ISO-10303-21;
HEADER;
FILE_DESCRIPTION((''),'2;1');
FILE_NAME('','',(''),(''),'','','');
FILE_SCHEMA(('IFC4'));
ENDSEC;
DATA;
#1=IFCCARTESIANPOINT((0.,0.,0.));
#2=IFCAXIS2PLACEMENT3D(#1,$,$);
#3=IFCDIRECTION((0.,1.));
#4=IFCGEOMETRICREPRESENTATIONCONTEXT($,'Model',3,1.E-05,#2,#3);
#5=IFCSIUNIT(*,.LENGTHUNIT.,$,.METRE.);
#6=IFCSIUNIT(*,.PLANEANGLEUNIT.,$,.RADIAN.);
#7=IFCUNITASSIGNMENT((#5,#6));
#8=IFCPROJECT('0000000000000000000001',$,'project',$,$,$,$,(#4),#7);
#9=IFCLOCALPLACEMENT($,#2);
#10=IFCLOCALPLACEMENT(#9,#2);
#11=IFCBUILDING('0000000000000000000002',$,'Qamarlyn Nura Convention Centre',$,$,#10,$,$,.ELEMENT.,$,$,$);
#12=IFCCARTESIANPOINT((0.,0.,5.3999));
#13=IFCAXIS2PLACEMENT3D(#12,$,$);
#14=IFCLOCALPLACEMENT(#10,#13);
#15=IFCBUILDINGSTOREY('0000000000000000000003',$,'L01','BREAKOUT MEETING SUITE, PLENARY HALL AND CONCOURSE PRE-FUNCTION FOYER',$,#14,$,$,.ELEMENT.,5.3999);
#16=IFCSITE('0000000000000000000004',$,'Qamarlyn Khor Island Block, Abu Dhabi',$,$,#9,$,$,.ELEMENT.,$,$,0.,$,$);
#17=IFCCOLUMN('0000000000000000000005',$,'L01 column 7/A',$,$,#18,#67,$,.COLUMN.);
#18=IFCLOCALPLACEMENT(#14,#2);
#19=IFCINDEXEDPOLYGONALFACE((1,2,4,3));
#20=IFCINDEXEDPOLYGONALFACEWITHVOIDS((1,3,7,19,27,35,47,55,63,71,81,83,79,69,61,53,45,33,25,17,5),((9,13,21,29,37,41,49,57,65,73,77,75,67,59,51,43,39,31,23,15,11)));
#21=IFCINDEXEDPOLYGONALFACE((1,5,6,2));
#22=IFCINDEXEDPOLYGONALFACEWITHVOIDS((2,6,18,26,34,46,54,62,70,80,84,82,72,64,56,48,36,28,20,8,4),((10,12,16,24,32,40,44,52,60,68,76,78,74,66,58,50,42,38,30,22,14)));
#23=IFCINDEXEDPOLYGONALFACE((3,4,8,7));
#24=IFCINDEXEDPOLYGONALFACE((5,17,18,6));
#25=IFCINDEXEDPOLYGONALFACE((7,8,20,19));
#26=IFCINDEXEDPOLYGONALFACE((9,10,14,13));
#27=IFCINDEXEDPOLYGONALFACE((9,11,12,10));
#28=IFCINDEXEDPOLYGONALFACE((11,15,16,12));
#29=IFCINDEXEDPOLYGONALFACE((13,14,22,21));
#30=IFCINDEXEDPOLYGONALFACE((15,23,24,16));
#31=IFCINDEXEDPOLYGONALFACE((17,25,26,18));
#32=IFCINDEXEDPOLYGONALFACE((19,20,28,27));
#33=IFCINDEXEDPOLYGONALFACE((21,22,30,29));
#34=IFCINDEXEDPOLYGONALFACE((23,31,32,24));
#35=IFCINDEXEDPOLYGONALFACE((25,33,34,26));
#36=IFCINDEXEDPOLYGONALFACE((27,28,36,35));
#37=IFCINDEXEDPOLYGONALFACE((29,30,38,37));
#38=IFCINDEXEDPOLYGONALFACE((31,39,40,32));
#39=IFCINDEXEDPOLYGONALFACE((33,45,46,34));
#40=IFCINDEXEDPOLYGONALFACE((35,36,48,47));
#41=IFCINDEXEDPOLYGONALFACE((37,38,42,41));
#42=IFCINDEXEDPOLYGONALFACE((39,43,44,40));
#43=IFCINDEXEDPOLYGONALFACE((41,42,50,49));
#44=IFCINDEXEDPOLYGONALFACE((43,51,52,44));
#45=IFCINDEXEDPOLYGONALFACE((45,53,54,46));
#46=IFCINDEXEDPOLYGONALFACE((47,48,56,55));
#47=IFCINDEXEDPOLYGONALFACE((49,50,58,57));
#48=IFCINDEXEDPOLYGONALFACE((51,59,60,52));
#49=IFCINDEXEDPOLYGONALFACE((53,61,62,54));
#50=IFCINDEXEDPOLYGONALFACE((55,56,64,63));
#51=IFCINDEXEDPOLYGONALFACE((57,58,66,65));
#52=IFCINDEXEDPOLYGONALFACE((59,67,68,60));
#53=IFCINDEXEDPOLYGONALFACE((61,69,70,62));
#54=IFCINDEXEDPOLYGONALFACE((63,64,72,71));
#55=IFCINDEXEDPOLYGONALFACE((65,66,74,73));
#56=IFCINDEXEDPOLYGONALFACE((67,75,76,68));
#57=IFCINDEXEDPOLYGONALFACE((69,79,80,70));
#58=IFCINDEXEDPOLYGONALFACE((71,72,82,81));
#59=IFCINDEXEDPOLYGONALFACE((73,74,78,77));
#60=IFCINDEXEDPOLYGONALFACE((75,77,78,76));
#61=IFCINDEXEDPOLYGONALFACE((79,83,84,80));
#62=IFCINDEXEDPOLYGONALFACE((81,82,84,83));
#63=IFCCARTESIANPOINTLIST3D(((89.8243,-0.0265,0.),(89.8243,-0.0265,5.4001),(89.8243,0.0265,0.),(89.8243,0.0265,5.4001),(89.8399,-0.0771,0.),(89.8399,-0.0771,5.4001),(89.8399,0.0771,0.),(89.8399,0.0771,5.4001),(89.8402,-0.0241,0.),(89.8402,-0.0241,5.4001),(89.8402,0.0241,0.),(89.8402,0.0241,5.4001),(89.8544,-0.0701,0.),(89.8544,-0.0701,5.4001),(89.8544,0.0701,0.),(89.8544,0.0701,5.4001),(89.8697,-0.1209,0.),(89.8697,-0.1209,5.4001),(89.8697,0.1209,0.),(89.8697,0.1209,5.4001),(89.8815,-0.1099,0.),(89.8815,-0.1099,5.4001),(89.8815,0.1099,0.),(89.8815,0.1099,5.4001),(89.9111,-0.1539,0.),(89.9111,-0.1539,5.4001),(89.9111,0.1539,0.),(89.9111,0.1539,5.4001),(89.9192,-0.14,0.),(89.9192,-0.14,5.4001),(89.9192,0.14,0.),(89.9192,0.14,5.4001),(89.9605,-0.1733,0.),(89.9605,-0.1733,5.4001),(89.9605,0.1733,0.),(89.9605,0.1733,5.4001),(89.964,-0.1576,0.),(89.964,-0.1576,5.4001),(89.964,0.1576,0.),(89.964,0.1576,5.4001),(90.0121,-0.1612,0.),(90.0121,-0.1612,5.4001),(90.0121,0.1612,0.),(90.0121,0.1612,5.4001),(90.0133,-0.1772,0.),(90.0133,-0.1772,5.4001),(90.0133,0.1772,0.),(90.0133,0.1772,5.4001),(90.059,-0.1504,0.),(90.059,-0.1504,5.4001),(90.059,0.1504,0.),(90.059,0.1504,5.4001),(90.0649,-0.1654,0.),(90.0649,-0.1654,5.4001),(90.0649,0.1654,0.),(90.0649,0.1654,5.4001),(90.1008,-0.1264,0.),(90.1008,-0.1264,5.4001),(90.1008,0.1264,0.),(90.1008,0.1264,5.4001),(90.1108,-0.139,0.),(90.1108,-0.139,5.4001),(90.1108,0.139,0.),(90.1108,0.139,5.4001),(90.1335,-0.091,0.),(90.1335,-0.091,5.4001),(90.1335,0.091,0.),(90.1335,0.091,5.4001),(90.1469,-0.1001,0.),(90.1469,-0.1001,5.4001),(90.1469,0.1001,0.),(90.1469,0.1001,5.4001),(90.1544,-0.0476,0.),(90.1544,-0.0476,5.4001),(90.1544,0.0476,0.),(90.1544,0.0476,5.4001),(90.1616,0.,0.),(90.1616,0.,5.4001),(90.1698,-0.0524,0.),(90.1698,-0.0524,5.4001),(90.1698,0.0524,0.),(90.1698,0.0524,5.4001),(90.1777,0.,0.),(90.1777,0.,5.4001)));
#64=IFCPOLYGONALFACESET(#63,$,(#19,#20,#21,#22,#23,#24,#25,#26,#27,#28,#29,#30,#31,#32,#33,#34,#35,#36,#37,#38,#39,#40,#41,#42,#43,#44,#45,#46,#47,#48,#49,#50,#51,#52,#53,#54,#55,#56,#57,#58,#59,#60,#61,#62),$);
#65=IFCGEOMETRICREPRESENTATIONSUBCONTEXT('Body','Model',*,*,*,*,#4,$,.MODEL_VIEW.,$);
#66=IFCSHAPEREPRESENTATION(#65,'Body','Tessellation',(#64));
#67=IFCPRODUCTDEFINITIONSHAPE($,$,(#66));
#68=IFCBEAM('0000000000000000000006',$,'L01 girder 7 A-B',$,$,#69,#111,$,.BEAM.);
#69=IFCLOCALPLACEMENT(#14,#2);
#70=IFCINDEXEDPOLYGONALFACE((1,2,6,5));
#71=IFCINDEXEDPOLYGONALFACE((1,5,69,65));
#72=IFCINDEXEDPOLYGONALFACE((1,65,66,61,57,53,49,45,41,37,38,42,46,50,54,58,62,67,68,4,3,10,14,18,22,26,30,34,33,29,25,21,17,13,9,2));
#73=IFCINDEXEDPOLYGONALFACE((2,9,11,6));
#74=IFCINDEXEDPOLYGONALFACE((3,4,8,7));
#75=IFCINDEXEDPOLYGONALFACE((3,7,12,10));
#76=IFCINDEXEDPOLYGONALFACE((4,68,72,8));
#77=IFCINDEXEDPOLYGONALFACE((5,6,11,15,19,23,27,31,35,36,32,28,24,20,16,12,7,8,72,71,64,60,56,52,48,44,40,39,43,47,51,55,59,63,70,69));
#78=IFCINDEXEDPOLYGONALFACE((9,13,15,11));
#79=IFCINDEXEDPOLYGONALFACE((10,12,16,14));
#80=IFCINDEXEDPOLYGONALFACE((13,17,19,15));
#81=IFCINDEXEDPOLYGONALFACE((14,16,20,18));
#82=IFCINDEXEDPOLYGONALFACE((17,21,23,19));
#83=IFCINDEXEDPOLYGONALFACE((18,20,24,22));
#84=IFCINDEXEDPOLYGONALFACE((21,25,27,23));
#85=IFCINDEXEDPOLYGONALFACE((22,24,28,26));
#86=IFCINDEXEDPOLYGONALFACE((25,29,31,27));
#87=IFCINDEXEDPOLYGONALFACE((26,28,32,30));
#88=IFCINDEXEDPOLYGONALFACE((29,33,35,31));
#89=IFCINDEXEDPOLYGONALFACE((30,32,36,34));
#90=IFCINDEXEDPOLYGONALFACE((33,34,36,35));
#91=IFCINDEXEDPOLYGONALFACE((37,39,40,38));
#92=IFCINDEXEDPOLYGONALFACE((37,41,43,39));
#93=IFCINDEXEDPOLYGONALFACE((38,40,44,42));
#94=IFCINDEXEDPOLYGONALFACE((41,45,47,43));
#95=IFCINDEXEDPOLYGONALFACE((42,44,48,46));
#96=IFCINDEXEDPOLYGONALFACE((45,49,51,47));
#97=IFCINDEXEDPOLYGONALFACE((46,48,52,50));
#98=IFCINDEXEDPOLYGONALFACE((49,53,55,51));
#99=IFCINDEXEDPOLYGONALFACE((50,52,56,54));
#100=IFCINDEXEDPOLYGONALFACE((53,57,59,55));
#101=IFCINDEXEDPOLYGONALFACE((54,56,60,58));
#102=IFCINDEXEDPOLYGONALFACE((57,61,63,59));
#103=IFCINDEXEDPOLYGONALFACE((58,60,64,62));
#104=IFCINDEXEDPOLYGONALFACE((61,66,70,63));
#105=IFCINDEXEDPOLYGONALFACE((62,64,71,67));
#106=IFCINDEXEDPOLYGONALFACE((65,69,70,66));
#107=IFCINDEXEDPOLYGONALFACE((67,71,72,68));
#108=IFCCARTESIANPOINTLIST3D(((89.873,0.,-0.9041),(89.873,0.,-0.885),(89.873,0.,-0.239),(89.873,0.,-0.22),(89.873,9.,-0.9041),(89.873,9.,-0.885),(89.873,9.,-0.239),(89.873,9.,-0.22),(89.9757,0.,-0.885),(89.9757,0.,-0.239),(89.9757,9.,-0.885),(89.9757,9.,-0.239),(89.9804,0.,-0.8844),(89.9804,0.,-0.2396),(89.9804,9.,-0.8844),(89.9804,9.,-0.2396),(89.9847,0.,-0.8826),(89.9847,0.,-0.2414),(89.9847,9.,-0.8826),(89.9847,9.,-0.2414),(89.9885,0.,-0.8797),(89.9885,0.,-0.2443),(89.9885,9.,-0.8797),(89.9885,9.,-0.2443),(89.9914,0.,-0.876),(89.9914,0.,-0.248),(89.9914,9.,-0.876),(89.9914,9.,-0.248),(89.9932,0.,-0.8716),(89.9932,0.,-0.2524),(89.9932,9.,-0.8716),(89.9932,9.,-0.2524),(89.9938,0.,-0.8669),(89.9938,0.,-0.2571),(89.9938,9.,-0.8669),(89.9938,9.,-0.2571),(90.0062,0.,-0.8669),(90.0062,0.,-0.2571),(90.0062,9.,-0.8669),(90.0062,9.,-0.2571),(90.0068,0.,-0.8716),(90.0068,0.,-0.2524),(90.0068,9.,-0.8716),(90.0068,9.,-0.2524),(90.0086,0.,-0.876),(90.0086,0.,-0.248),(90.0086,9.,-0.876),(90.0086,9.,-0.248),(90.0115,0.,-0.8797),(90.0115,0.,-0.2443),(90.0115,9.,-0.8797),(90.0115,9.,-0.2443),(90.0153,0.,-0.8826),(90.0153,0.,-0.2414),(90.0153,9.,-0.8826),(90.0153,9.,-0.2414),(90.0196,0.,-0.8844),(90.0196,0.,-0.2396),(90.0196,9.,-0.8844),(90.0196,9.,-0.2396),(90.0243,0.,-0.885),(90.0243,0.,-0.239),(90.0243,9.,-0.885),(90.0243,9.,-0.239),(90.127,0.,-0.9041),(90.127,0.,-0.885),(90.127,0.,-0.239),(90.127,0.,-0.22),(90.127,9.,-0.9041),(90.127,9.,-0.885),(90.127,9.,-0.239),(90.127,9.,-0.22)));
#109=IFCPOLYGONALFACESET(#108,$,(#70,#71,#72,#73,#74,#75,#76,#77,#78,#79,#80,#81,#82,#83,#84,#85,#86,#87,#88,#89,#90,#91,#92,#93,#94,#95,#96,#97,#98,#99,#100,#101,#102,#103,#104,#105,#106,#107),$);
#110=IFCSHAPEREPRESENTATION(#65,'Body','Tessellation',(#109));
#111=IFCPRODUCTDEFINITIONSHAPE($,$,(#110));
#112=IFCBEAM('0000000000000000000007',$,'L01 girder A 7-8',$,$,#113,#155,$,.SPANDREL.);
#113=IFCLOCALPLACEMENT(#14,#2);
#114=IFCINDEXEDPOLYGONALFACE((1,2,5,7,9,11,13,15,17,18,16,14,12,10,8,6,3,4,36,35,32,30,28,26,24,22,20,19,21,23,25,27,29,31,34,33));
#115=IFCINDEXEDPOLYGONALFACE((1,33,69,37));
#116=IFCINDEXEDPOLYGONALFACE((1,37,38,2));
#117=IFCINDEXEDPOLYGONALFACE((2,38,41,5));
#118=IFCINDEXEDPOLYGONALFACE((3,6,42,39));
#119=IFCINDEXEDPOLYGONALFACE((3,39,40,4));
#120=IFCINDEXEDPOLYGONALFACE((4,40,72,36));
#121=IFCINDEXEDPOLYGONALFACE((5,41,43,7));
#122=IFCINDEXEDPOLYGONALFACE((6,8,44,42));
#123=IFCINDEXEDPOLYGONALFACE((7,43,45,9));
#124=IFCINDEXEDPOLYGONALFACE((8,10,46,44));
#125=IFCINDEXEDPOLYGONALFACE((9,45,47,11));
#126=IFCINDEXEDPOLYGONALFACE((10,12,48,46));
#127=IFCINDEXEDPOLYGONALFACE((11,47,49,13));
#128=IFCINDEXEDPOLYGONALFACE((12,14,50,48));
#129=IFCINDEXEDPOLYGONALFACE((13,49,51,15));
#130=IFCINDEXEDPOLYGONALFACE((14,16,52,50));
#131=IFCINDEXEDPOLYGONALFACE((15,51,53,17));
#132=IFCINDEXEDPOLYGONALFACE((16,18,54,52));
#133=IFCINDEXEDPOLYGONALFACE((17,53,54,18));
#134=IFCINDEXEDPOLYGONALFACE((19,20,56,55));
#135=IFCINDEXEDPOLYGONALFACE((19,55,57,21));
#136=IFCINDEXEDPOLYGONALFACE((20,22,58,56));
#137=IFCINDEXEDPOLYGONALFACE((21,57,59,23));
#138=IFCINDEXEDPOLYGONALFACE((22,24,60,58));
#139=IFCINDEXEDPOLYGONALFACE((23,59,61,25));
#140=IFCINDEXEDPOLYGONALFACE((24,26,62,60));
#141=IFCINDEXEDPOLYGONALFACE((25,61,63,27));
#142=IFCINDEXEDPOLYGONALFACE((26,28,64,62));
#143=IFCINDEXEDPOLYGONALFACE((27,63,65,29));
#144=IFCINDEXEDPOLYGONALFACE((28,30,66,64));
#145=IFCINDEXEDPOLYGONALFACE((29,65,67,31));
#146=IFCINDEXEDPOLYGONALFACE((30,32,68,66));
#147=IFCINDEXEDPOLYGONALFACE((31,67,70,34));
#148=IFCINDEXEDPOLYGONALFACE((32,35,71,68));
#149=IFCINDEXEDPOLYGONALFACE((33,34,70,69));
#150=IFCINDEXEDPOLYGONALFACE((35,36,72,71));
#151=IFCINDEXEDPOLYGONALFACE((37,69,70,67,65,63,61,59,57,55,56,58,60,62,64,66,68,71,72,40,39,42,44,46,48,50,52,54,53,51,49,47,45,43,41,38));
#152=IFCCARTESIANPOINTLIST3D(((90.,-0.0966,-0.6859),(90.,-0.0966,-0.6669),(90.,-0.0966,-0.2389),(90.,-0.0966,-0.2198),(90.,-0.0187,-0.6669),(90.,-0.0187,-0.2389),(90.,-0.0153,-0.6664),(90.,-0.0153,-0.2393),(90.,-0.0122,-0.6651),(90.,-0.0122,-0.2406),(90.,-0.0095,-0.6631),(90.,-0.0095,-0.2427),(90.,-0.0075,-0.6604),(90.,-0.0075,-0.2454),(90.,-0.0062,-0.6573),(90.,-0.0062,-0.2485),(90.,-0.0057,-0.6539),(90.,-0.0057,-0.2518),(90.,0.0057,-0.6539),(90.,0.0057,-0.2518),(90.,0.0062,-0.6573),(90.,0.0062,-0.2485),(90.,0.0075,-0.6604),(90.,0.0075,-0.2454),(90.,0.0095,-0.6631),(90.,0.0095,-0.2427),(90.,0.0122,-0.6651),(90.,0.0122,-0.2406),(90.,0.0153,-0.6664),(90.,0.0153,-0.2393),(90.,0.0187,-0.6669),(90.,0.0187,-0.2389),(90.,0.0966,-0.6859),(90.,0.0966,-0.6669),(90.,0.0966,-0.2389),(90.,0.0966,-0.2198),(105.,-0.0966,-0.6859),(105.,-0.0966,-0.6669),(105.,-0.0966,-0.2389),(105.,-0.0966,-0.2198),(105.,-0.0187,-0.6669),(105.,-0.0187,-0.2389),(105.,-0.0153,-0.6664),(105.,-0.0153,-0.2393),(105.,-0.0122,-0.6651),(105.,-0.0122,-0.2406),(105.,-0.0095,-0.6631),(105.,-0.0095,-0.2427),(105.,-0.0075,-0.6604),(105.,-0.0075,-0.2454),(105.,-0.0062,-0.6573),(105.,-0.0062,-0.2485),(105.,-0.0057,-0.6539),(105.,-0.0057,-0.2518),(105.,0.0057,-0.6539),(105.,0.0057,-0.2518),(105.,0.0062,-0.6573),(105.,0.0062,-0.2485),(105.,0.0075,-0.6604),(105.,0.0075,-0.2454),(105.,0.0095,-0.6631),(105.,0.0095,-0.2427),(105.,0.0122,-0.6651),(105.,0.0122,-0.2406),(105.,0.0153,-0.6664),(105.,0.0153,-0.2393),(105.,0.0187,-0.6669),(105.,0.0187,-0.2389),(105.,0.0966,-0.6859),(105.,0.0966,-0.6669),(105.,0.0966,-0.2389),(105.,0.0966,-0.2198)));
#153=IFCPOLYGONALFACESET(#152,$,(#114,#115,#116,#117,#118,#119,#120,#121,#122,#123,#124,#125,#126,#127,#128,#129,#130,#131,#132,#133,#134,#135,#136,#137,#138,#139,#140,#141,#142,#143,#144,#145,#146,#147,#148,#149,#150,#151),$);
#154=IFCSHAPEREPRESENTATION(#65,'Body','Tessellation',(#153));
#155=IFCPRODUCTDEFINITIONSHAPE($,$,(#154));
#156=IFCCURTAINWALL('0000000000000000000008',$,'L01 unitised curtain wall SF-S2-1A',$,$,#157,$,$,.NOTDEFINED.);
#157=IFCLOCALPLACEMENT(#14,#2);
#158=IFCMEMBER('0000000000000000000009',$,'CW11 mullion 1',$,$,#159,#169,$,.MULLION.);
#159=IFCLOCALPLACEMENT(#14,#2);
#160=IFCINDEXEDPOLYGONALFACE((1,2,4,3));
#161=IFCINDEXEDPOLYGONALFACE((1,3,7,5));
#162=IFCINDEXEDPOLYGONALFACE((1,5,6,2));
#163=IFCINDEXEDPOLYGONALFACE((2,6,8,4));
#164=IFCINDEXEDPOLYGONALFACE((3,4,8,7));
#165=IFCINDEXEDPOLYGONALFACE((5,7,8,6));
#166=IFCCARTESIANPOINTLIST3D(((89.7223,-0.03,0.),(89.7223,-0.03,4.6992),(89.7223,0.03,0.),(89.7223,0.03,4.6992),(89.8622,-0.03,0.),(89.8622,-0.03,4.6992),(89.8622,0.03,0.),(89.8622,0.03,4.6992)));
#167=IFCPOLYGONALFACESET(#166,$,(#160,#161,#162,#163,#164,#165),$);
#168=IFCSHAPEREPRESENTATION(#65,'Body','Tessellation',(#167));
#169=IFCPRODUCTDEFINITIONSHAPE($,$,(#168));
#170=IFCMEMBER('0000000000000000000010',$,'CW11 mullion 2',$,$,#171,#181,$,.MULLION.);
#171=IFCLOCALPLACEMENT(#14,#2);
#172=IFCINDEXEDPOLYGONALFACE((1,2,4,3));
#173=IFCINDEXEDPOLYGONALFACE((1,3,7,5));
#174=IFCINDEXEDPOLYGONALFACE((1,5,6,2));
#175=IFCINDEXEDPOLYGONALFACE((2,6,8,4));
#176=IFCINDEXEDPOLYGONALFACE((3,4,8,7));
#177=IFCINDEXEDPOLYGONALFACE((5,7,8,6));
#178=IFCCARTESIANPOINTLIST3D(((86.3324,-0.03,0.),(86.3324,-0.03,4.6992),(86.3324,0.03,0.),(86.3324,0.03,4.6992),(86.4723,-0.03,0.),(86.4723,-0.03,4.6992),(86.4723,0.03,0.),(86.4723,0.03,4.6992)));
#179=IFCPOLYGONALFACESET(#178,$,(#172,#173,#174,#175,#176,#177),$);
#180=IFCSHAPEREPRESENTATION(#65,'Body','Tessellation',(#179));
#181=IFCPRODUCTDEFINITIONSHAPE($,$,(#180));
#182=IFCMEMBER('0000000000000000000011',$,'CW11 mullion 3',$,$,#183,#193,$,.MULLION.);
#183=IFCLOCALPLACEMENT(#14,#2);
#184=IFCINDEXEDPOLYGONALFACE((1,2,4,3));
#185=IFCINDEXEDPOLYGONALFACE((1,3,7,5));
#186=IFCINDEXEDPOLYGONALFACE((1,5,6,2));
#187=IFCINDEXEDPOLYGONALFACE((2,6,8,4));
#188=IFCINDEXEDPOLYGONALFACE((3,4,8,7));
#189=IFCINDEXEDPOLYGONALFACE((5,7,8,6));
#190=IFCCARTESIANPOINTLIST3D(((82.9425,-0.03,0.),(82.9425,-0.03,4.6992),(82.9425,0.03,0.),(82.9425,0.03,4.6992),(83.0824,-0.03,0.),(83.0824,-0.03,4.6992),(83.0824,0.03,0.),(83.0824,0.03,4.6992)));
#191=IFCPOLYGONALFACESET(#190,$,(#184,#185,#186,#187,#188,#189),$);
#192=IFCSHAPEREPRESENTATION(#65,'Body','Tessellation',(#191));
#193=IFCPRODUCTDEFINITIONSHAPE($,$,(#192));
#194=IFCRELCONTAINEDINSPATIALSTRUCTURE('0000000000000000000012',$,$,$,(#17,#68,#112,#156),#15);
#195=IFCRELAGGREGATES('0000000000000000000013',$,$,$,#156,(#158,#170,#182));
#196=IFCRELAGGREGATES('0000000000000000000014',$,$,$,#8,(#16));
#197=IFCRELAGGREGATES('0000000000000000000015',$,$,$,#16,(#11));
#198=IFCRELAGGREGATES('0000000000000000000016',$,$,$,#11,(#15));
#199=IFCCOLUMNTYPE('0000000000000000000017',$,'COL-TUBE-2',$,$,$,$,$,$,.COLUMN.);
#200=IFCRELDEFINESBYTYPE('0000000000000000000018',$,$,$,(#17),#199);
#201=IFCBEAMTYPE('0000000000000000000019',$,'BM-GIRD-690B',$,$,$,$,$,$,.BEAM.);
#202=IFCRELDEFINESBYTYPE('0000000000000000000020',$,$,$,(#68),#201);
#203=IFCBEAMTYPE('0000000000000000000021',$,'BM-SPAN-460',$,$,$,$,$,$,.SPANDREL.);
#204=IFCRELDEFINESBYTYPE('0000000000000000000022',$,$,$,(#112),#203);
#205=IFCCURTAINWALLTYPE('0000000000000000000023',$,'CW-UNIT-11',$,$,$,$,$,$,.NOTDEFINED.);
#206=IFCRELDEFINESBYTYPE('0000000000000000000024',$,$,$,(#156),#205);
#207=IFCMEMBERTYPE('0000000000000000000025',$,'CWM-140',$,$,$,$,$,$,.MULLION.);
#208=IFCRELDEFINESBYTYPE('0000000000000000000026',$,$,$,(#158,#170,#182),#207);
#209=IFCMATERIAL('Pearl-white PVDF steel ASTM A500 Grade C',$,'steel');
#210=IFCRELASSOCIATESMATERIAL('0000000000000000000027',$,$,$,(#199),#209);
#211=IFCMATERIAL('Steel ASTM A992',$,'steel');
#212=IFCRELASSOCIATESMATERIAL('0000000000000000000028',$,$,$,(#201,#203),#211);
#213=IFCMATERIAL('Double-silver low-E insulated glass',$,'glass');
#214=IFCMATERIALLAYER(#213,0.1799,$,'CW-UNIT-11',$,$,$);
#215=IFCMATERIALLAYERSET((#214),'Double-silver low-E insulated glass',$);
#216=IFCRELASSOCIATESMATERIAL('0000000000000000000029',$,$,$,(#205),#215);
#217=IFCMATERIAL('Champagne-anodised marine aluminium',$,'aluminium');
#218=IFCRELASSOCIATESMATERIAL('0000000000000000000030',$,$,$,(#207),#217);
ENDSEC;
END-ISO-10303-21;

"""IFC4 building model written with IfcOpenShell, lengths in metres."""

from ifc_helpers import new_model, si_unit, direction, frame, origin, origin_2d, place, context, subcontext, project, spatial, rectangle, hollow_circle, i_section, extrude, material, layer, layer_set, material_profile, profile_set, type_object, element, aggregate, save


model = new_model("IFC4")

# Units and contexts
model_context = context("Model", 3, precision=1e-05, world=origin(), true_north=direction((0.0, 1.0)))
body_context = subcontext(model_context, "Body", "Model", "MODEL_VIEW")
ifc_project = project(units=[si_unit("LENGTHUNIT", "METRE"), si_unit("PLANEANGLEUNIT", "RADIAN")], contexts=[model_context])

# Site, building, storey
site_placement = place(None, origin())
site = spatial("IfcSite", under=ifc_project, at=site_placement, Name="Qamarlyn Khor Island Block, Abu Dhabi", CompositionType="ELEMENT", RefElevation=0.0)
building_placement = place(site_placement, origin())
building = spatial("IfcBuilding", under=site, at=building_placement, Name="Qamarlyn Nura Convention Centre", CompositionType="ELEMENT")
storey_placement = place(building_placement, frame((0.0, 0.0, 5.3999)))
storey = spatial("IfcBuildingStorey", under=building, at=storey_placement, Name="L01", Description="BREAKOUT MEETING SUITE, PLENARY HALL AND CONCOURSE PRE-FUNCTION FOYER", CompositionType="ELEMENT", Elevation=5.3999)

# Column
ifc_material_1 = material(Name="Pearl-white PVDF steel ASTM A500 Grade C", Category="steel")
ifc_material_profile_1 = material_profile(ifc_material_1, hollow_circle(Radius=0.1777, WallThickness=0.0161, at=origin_2d()), Name="CHS355.6X16")
ifc_profile_set_1 = profile_set([ifc_material_profile_1], Name="Pearl-white PVDF steel ASTM A500 Grade C")
column_type = type_object("IfcColumnType", Name="COL-TUBE-2", PredefinedType="COLUMN", material=ifc_profile_set_1)
column_placement = place(storey_placement, frame((90.0, 0.0, 0.0), z_axis=(0.0, 0.0, 1.0), x_axis=(1.0, 0.0, 0.0)))
element("IfcColumn", 1, at=column_placement, inside=storey, type_object=column_type, Name="L01 column 7/A", PredefinedType="COLUMN", context=body_context, shape_type="SweptSolid", body=[
    extrude(hollow_circle(Radius=0.1777, WallThickness=0.0161, at=origin_2d()), origin(), (0.0, 0.0, 1.0), 5.4001),
])

# Beams
ifc_material_2 = material(Name="Steel ASTM A992", Category="steel")
ifc_material_profile_2 = material_profile(ifc_material_2, i_section(OverallWidth=0.2539, OverallDepth=0.6841, WebThickness=0.0125, FlangeThickness=0.019, FilletRadius=0.0181, at=origin_2d()), Name="W690X140")
ifc_profile_set_2 = profile_set([ifc_material_profile_2], Name="Steel ASTM A992")
beam_type_1 = type_object("IfcBeamType", Name="BM-GIRD-690B", PredefinedType="BEAM", material=ifc_profile_set_2)
beam_1_placement = place(storey_placement, frame((90.0, 0.0, -0.562), z_axis=(0.0, 1.0, 0.0), x_axis=(-1.0, 0.0, 0.0)))
element("IfcBeam", 2, at=beam_1_placement, inside=storey, type_object=beam_type_1, Name="L01 girder 7 A-B", PredefinedType="BEAM", context=body_context, shape_type="SweptSolid", body=[
    extrude(i_section(OverallWidth=0.2539, OverallDepth=0.6841, WebThickness=0.0125, FlangeThickness=0.019, FilletRadius=0.0181, at=origin_2d()), origin(), (0.0, 0.0, 1.0), 9.0),
])
ifc_material_profile_3 = material_profile(ifc_material_2, i_section(OverallWidth=0.1931, OverallDepth=0.4661, WebThickness=0.0115, FlangeThickness=0.019, FilletRadius=0.0129, at=origin_2d()), Name="W460X97")
ifc_profile_set_3 = profile_set([ifc_material_profile_3], Name="Steel ASTM A992")
beam_type_2 = type_object("IfcBeamType", Name="BM-SPAN-460", PredefinedType="SPANDREL", material=ifc_profile_set_3)
beam_2_placement = place(storey_placement, frame((90.0, 0.0, -0.4529), z_axis=(1.0, 0.0, 0.0), x_axis=(0.0, 1.0, 0.0)))
element("IfcBeam", 3, at=beam_2_placement, inside=storey, type_object=beam_type_2, Name="L01 girder A 7-8", PredefinedType="SPANDREL", context=body_context, shape_type="SweptSolid", body=[
    extrude(i_section(OverallWidth=0.1931, OverallDepth=0.4661, WebThickness=0.0115, FlangeThickness=0.019, FilletRadius=0.0129, at=origin_2d()), origin(), (0.0, 0.0, 1.0), 15.0),
])

# Curtain wall, members
ifc_material_3 = material(Name="Double-silver low-E insulated glass", Category="glass")
ifc_layer_1 = layer(ifc_material_3, 0.1799, Name="CW-UNIT-11")
ifc_layer_set_1 = layer_set([ifc_layer_1], Name="Double-silver low-E insulated glass")
curtain_wall_type_1 = type_object("IfcCurtainWallType", Name="CW-UNIT-11", PredefinedType="NOTDEFINED", material=ifc_layer_set_1)
curtain_wall_1_placement = place(storey_placement, origin())
curtain_wall_1 = element("IfcCurtainWall", 4, at=curtain_wall_1_placement, inside=storey, type_object=curtain_wall_type_1, Name="L01 unitised curtain wall SF-S2-1A", PredefinedType="NOTDEFINED")
ifc_material_4 = material(Name="Champagne-anodised marine aluminium", Category="aluminium")
ifc_material_profile_4 = material_profile(ifc_material_4, rectangle(XDim=0.0601, YDim=0.1399, at=origin_2d()), Name="ALU MULLION 60x140")
ifc_profile_set_4 = profile_set([ifc_material_profile_4], Name="Champagne-anodised marine aluminium")
member_type_1 = type_object("IfcMemberType", Name="CWM-140", PredefinedType="MULLION", material=ifc_profile_set_4)
member_1_placement = place(storey_placement, frame((89.7922, 0.0, 0.0), z_axis=(0.0, 0.0, 1.0), x_axis=(0.0, -1.0, 0.0)))
member_1 = element("IfcMember", 5, at=member_1_placement, type_object=member_type_1, Name="CW11 mullion 1", PredefinedType="MULLION", context=body_context, shape_type="SweptSolid", body=[
    extrude(rectangle(XDim=0.0601, YDim=0.1399, at=origin_2d()), origin(), (0.0, 0.0, 1.0), 4.6992),
])
member_2_placement = place(storey_placement, frame((86.4023, 0.0, 0.0), z_axis=(0.0, 0.0, 1.0), x_axis=(0.0, -1.0, 0.0)))
member_2 = element("IfcMember", 6, at=member_2_placement, type_object=member_type_1, Name="CW11 mullion 2", PredefinedType="MULLION", context=body_context, shape_type="SweptSolid", body=[
    extrude(rectangle(XDim=0.0601, YDim=0.1399, at=origin_2d()), origin(), (0.0, 0.0, 1.0), 4.6992),
])
member_3_placement = place(storey_placement, frame((83.0125, 0.0, 0.0), z_axis=(0.0, 0.0, 1.0), x_axis=(0.0, -1.0, 0.0)))
member_3 = element("IfcMember", 7, at=member_3_placement, type_object=member_type_1, Name="CW11 mullion 3", PredefinedType="MULLION", context=body_context, shape_type="SweptSolid", body=[
    extrude(rectangle(XDim=0.0601, YDim=0.1399, at=origin_2d()), origin(), (0.0, 0.0, 1.0), 4.6992),
])

aggregate(curtain_wall_1, [member_1, member_2, member_3])

save(model, "model.ifc")
